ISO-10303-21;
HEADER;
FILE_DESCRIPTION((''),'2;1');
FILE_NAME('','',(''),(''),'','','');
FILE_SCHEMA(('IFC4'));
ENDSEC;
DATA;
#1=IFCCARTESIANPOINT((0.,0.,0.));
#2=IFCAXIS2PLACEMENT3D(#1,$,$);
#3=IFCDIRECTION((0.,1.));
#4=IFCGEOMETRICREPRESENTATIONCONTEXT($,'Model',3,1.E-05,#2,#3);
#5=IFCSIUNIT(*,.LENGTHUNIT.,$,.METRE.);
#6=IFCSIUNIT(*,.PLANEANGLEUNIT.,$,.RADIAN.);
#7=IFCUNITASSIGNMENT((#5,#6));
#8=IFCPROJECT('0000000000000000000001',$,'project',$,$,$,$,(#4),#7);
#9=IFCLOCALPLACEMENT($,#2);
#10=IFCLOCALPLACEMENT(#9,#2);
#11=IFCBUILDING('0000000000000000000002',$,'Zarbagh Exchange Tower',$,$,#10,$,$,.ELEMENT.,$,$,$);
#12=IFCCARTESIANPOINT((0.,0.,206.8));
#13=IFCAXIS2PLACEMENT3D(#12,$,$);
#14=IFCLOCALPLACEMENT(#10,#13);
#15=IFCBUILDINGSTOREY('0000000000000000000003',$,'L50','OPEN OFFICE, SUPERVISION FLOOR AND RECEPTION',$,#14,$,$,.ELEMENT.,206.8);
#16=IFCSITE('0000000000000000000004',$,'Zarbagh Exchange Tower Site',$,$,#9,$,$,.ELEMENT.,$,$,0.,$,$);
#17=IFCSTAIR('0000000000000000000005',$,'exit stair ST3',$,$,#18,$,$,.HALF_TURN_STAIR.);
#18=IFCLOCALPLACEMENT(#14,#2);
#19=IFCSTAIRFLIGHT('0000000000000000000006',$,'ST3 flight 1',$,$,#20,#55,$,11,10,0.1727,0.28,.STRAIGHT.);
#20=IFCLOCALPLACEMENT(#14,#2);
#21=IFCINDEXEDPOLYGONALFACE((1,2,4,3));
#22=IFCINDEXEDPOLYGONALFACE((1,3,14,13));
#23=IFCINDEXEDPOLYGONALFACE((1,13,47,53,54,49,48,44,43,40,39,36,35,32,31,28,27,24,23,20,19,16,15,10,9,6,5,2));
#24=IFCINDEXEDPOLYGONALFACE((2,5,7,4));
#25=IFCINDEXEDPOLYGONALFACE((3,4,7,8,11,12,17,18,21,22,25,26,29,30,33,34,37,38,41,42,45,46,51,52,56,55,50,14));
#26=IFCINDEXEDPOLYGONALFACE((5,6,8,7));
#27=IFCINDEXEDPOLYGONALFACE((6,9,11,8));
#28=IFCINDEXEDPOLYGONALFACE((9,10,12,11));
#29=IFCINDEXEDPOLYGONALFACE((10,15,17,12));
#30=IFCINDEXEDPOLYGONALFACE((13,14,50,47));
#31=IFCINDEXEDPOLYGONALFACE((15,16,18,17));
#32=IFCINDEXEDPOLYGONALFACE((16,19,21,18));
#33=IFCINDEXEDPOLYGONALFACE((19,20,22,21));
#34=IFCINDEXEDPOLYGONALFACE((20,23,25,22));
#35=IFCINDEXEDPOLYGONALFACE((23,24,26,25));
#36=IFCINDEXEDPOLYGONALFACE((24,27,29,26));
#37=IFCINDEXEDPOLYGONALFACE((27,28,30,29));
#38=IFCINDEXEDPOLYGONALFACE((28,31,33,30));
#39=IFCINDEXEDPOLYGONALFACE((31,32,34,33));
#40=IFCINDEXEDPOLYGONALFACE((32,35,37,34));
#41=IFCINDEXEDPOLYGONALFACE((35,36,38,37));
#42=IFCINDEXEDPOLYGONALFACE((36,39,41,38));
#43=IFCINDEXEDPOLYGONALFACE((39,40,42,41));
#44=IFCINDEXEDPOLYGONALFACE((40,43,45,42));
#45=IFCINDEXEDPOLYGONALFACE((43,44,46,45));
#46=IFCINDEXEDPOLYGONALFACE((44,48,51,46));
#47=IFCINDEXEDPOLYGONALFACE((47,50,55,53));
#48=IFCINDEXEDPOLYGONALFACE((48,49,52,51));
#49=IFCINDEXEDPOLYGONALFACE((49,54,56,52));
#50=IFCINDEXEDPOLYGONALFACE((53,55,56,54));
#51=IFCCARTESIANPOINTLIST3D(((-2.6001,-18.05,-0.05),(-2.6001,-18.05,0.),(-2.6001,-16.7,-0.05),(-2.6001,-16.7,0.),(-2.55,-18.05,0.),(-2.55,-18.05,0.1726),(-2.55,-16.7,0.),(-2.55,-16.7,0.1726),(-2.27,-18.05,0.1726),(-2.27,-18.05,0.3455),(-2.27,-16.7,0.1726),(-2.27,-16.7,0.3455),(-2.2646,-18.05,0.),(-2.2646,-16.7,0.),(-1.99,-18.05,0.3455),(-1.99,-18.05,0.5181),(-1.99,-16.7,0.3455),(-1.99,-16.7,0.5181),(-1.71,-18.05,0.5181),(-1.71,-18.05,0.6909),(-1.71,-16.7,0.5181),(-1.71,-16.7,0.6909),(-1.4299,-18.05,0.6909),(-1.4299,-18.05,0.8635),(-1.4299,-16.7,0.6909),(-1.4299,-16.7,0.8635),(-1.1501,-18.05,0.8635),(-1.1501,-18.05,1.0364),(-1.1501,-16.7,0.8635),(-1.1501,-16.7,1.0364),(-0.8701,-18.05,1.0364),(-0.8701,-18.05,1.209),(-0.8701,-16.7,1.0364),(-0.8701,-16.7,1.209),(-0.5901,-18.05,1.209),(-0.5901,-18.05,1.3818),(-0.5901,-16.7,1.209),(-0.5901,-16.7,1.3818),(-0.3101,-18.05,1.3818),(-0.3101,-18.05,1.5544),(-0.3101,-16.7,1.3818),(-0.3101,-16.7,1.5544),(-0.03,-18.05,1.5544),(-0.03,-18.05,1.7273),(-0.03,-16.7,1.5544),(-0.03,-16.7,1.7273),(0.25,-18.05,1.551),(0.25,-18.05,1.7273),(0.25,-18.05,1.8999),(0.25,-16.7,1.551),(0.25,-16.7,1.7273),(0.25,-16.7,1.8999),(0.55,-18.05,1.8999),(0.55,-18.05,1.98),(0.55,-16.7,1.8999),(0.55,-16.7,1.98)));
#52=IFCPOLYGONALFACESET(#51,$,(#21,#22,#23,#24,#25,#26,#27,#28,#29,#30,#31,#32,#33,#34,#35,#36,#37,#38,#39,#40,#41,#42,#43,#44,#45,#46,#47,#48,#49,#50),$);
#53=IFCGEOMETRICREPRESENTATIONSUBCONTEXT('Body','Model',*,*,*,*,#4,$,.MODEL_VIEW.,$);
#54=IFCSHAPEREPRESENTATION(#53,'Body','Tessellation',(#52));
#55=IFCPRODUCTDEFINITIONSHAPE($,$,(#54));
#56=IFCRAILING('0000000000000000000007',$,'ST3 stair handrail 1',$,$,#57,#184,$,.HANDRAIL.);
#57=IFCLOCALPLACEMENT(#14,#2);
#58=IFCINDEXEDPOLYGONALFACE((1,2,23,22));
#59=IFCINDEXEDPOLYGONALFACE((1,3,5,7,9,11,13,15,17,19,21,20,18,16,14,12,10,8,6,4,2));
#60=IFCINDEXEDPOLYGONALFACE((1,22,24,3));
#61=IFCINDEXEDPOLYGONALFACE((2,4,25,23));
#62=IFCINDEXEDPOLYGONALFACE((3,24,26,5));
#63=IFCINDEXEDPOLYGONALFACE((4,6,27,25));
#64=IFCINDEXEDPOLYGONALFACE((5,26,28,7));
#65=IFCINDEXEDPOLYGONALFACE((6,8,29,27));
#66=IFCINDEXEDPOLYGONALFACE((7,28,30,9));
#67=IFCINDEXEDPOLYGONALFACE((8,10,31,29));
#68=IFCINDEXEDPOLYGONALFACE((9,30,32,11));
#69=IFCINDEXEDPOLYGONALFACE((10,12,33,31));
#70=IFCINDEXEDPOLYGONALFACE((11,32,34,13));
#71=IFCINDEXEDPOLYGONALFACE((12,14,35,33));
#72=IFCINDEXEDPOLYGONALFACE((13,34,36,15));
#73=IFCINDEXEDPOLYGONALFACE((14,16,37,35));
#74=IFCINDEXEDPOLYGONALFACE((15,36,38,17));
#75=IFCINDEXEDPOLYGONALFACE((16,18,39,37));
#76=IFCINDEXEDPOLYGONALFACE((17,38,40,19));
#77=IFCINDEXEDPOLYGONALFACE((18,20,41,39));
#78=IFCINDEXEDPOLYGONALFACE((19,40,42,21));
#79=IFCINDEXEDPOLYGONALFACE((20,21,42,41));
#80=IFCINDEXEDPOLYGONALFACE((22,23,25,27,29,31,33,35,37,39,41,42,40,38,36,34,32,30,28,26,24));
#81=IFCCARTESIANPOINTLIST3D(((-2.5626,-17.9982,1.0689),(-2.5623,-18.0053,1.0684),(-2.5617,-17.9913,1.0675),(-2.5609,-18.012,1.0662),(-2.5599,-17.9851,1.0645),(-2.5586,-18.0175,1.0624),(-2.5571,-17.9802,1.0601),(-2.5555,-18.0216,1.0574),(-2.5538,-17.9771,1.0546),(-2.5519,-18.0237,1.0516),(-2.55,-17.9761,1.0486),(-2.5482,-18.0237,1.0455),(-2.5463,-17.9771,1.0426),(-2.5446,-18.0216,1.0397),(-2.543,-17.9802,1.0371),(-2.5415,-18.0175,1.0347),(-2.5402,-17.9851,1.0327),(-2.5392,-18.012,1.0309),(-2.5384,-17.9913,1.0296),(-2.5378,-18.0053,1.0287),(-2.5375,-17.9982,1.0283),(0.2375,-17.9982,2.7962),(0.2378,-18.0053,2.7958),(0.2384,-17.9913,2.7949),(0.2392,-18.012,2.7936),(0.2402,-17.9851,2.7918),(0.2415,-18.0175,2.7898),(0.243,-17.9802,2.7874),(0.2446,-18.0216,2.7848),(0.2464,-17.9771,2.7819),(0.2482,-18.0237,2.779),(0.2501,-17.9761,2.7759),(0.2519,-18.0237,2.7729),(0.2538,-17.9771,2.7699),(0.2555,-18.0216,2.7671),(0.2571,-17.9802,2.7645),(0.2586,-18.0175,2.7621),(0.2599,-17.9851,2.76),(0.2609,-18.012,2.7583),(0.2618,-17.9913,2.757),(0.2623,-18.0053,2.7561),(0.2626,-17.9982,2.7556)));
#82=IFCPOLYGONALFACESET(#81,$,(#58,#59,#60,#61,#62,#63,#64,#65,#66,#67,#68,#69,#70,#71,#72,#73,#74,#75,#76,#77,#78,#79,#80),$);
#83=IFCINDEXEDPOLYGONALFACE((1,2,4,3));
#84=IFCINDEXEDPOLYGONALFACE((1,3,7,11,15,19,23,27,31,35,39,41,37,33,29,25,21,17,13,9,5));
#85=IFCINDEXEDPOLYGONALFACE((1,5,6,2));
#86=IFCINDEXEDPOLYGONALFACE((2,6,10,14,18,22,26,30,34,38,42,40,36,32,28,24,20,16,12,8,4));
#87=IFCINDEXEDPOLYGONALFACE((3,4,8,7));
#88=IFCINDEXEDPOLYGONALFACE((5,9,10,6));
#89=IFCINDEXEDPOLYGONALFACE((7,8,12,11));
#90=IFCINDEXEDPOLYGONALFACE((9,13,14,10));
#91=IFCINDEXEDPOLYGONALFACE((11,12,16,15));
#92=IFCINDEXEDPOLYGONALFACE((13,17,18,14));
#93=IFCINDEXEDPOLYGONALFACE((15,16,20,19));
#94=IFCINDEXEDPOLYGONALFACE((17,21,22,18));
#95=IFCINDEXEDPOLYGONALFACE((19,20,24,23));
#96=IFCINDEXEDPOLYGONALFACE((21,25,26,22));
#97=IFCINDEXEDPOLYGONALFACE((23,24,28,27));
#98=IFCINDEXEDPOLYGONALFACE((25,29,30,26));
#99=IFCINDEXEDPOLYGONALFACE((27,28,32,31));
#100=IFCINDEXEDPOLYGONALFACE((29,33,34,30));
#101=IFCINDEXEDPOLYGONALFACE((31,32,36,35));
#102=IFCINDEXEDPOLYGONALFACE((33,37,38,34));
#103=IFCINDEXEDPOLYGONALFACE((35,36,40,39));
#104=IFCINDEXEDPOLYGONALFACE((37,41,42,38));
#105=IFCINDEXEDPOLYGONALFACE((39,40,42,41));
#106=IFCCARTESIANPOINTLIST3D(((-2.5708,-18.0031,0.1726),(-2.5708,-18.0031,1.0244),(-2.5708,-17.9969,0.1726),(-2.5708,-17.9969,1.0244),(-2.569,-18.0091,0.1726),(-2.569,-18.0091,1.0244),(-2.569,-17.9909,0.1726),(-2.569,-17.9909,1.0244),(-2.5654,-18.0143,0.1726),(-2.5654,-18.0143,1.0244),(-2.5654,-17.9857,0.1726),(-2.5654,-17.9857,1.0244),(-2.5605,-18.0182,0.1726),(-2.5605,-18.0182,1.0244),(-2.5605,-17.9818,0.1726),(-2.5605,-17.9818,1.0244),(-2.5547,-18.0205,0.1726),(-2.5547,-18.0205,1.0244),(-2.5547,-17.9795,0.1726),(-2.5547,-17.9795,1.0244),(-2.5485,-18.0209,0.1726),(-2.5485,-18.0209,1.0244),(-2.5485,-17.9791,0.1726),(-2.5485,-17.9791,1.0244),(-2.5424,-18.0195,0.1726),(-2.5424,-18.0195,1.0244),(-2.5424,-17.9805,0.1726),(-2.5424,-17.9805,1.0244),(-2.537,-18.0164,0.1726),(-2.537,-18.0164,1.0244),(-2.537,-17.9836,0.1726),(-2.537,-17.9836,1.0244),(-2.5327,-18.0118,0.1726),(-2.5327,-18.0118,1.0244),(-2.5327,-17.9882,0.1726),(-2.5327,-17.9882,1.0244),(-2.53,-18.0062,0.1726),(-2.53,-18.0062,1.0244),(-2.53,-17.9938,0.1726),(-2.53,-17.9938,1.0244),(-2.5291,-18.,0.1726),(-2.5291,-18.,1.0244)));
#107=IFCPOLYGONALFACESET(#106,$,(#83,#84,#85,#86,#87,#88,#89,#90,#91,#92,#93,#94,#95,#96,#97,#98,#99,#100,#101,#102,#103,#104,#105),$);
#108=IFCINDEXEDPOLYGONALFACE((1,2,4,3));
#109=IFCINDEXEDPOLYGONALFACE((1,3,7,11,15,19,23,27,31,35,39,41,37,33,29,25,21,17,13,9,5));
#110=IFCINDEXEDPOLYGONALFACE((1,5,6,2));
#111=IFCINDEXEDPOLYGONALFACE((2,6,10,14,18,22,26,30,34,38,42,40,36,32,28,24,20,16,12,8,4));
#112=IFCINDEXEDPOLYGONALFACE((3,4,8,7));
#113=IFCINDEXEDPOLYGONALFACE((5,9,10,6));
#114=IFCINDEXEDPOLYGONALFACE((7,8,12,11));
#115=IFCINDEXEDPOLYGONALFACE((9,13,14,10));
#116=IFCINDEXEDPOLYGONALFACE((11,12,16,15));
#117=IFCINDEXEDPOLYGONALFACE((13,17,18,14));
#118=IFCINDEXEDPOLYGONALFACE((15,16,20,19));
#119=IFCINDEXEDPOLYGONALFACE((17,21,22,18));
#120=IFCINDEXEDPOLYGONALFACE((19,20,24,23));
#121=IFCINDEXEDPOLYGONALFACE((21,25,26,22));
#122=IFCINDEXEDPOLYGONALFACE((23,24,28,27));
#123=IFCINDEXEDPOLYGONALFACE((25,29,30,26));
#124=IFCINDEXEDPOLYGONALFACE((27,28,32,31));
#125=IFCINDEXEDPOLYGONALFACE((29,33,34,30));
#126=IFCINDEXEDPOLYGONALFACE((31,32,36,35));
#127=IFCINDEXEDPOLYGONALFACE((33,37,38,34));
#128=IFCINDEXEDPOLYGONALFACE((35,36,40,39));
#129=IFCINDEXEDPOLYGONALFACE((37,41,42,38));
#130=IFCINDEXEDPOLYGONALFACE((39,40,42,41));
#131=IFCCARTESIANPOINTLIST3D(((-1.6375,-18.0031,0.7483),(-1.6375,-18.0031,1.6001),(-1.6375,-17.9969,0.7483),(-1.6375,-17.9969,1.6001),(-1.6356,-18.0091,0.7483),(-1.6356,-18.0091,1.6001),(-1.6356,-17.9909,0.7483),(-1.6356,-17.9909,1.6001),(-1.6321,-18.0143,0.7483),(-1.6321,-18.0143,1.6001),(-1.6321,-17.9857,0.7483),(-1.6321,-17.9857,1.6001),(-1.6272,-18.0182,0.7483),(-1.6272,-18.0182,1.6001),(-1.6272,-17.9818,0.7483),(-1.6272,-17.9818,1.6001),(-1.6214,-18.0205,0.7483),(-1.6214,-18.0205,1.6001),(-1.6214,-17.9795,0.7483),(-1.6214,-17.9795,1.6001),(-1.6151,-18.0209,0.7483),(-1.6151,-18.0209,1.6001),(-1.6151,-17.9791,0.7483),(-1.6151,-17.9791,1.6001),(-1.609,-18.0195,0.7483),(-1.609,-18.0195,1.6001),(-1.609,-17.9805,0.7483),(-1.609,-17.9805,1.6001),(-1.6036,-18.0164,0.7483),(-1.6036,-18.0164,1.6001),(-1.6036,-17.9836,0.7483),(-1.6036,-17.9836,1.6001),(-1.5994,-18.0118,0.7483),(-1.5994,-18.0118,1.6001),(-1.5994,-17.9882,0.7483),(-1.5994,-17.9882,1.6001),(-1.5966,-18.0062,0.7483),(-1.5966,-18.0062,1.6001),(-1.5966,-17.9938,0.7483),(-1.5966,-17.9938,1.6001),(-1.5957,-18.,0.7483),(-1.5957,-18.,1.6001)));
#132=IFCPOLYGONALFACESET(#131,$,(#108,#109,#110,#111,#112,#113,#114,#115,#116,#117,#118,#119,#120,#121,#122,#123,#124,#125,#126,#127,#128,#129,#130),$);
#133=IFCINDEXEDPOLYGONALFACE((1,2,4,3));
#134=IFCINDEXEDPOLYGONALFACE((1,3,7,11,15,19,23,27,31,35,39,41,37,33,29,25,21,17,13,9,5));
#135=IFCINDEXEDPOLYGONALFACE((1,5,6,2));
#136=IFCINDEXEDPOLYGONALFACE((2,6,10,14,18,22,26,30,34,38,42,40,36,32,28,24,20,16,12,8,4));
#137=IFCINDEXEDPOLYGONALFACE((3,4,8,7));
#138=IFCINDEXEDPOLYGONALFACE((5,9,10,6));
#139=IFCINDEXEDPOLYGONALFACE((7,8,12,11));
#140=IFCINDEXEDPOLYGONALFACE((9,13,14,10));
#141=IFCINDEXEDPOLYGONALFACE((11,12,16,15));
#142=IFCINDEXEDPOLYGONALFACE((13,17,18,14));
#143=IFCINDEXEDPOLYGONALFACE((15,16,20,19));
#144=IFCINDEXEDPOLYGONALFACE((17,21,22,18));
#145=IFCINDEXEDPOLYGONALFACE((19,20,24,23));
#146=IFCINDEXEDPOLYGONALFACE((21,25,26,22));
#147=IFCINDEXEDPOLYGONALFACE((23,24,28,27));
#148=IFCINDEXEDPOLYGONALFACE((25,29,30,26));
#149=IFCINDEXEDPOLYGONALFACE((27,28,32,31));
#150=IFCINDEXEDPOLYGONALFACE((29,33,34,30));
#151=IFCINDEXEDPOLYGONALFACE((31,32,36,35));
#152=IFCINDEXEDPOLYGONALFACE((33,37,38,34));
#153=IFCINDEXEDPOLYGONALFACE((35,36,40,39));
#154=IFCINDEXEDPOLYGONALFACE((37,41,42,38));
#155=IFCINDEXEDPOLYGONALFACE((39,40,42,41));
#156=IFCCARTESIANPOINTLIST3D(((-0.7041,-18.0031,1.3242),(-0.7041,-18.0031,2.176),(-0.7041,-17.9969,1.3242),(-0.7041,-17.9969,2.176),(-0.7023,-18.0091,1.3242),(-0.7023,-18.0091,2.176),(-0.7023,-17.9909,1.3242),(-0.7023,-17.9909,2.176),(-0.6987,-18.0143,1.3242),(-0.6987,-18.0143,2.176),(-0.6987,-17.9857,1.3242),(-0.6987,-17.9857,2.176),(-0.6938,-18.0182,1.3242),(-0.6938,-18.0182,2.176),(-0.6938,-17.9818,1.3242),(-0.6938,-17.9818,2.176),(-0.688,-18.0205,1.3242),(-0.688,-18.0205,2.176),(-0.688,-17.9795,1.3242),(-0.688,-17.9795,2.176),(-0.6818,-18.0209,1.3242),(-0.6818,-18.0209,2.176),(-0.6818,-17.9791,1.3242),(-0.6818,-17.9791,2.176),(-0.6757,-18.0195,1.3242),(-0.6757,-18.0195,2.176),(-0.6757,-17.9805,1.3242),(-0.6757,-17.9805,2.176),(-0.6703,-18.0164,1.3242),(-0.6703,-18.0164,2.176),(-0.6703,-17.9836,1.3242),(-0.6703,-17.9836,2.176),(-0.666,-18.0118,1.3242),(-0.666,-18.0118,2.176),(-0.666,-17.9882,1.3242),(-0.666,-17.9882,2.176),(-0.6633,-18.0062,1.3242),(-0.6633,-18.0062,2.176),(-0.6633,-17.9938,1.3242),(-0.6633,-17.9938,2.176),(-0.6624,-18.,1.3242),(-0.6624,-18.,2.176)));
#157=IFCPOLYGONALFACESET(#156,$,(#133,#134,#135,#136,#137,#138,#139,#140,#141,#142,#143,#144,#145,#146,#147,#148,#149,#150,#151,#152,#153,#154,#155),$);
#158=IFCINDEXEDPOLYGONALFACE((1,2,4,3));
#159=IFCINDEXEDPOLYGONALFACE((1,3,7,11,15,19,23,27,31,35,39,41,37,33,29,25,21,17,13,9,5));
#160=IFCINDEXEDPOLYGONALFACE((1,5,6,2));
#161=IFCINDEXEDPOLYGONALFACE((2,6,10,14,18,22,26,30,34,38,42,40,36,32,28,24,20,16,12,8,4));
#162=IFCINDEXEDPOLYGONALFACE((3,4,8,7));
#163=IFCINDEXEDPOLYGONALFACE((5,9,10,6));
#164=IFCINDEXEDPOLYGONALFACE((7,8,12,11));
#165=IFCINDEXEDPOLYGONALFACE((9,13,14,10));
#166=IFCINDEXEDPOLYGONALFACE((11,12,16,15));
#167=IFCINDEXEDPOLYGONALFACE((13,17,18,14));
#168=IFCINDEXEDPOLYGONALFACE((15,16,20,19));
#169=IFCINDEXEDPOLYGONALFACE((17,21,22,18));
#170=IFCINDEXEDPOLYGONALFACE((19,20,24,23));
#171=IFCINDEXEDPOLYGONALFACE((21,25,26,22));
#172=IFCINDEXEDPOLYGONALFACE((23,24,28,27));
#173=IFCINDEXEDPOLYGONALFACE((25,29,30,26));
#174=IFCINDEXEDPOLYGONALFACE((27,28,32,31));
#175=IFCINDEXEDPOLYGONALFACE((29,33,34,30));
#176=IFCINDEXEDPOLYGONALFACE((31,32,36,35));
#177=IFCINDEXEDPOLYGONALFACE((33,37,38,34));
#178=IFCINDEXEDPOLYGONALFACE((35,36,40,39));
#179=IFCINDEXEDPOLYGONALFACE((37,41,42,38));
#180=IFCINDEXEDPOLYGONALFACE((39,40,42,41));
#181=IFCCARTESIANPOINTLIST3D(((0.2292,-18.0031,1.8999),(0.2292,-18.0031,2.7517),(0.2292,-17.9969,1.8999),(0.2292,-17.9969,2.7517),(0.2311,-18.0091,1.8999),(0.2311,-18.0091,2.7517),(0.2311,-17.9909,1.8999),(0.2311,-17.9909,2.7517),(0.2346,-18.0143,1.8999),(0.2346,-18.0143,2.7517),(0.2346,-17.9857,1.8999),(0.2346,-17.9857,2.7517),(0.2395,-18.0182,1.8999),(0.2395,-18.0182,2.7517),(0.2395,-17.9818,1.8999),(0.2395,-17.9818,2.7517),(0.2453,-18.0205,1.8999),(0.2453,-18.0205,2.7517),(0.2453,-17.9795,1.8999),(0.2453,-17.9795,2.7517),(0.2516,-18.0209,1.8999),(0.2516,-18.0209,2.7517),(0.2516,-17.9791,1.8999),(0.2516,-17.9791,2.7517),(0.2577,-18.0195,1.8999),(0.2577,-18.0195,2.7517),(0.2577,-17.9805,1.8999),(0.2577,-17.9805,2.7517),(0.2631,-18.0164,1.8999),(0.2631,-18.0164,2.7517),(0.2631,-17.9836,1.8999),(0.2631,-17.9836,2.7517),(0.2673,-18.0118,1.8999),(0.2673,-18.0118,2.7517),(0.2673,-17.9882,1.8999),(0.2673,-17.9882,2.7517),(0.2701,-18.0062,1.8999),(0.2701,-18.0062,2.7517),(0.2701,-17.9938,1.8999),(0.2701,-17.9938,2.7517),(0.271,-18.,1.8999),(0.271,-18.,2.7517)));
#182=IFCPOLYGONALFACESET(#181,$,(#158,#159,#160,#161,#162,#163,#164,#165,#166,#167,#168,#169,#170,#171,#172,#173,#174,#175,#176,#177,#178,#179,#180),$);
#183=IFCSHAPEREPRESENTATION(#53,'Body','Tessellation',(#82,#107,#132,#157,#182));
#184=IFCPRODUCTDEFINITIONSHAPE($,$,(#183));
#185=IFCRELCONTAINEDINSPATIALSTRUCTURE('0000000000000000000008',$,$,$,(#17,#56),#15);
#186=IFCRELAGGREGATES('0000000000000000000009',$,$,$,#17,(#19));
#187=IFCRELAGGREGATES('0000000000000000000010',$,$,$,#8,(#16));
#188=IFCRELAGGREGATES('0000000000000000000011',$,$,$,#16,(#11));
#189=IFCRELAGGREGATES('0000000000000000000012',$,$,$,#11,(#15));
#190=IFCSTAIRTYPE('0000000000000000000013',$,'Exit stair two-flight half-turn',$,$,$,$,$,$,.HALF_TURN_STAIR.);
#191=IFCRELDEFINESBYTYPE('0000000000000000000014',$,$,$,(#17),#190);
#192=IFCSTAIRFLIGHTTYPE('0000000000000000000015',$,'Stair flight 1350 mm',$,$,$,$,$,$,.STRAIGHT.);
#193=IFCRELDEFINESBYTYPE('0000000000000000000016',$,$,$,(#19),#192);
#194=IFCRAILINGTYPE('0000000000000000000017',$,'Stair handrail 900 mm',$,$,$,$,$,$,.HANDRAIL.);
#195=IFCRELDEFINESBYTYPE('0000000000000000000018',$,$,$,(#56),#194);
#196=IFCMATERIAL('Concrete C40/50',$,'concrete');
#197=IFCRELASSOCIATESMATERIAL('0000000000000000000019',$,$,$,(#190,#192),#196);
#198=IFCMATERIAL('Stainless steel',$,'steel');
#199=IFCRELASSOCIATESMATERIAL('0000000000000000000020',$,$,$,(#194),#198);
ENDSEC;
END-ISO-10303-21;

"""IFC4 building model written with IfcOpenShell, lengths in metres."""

from ifc_helpers import new_model, si_unit, direction, frame, origin, origin_2d, place, context, subcontext, project, spatial, polyline, circle, outline, extrude, material, type_object, element, aggregate, save


model = new_model("IFC4")

# Units and contexts
model_context = context("Model", 3, precision=1e-05, world=origin(), true_north=direction((0.0, 1.0)))
body_context = subcontext(model_context, "Body", "Model", "MODEL_VIEW")
ifc_project = project(units=[si_unit("LENGTHUNIT", "METRE"), si_unit("PLANEANGLEUNIT", "RADIAN")], contexts=[model_context])

# Site, building, storey
site_placement = place(None, origin())
site = spatial("IfcSite", under=ifc_project, at=site_placement, Name="Zarbagh Exchange Tower Site", CompositionType="ELEMENT", RefElevation=0.0)
building_placement = place(site_placement, origin())
building = spatial("IfcBuilding", under=site, at=building_placement, Name="Zarbagh Exchange Tower", CompositionType="ELEMENT")
storey_placement = place(building_placement, frame((0.0, 0.0, 206.8)))
storey = spatial("IfcBuildingStorey", under=building, at=storey_placement, Name="L50", Description="OPEN OFFICE, SUPERVISION FLOOR AND RECEPTION", CompositionType="ELEMENT", Elevation=206.8)

# Stair, stair flight
ifc_material_1 = material(Name="Concrete C40/50", Category="concrete")
stair_type = type_object("IfcStairType", Name="Exit stair two-flight half-turn", PredefinedType="HALF_TURN_STAIR", material=ifc_material_1)
stair_placement = place(storey_placement, origin())
stair = element("IfcStair", 1, at=stair_placement, inside=storey, type_object=stair_type, Name="exit stair ST3", PredefinedType="HALF_TURN_STAIR")
stair_flight_type = type_object("IfcStairFlightType", Name="Stair flight 1350 mm", PredefinedType="STRAIGHT", material=ifc_material_1)
stair_flight_placement = place(storey_placement, frame((-2.55, -17.375, 0.0), z_axis=(0.0, 0.0, 1.0), x_axis=(1.0, 0.0, 0.0)))
stair_flight = element("IfcStairFlight", 2, at=stair_flight_placement, type_object=stair_flight_type, Name="ST3 flight 1", NumberOfRisers=11, NumberOfTreads=10, PredefinedType="STRAIGHT", RiserHeight=0.1727, TreadLength=0.28, context=body_context, shape_type="SweptSolid", body=[
    extrude(outline(polyline([(-0.05, -0.05), (-0.05, 0.0), (0.0, 0.0), (0.0, 0.1726), (0.28, 0.1726), (0.28, 0.3455), (0.5601, 0.3455), (0.5601, 0.5181), (0.8401, 0.5181), (0.8401, 0.6909), (1.1201, 0.6909), (1.1201, 0.8635), (1.3999, 0.8635), (1.3999, 1.0364), (1.6799, 1.0364), (1.6799, 1.209), (1.96, 1.209), (1.96, 1.3818), (2.24, 1.3818), (2.24, 1.5544), (2.52, 1.5544), (2.52, 1.7273), (2.8, 1.7273), (2.8, 1.8999), (3.1001, 1.98), (3.1001, 1.8999), (2.8, 1.551), (0.2854, 0.0), (-0.05, -0.05)])), frame((0.0, 0.675, 0.0), z_axis=(0.0, -1.0, 0.0), x_axis=(1.0, 0.0, 0.0)), (0.0, 0.0, 1.0), 1.3501),
])
aggregate(stair, [stair_flight])

# Railing
ifc_material_2 = material(Name="Stainless steel", Category="steel")
railing_type_1 = type_object("IfcRailingType", Name="Stair handrail 900 mm", PredefinedType="HANDRAIL", material=ifc_material_2)
railing_1_placement = place(storey_placement, frame((-2.55, -18.0, 0.1726)))
element("IfcRailing", 3, at=railing_1_placement, inside=storey, type_object=railing_type_1, Name="ST3 stair handrail 1", PredefinedType="HANDRAIL", context=body_context, shape_type="SweptSolid", body=[
    extrude(circle(Radius=0.0239, at=origin_2d()), frame((0.0, 0.0, 0.876), z_axis=(0.85109, 0.0, 0.52502), x_axis=(0.0, 1.0, 0.0)), (0.0, 0.0, 1.0), 3.29),
    extrude(circle(Radius=0.021, at=origin_2d()), origin(), (0.0, 0.0, 1.0), 0.8518),
    extrude(circle(Radius=0.021, at=origin_2d()), frame((0.9333, 0.0, 0.5757)), (0.0, 0.0, 1.0), 0.8518),
    extrude(circle(Radius=0.021, at=origin_2d()), frame((1.8667, 0.0, 1.1516)), (0.0, 0.0, 1.0), 0.8518),
    extrude(circle(Radius=0.021, at=origin_2d()), frame((2.8, 0.0, 1.7273)), (0.0, 0.0, 1.0), 0.8518),
])

save(model, "model.ifc")
